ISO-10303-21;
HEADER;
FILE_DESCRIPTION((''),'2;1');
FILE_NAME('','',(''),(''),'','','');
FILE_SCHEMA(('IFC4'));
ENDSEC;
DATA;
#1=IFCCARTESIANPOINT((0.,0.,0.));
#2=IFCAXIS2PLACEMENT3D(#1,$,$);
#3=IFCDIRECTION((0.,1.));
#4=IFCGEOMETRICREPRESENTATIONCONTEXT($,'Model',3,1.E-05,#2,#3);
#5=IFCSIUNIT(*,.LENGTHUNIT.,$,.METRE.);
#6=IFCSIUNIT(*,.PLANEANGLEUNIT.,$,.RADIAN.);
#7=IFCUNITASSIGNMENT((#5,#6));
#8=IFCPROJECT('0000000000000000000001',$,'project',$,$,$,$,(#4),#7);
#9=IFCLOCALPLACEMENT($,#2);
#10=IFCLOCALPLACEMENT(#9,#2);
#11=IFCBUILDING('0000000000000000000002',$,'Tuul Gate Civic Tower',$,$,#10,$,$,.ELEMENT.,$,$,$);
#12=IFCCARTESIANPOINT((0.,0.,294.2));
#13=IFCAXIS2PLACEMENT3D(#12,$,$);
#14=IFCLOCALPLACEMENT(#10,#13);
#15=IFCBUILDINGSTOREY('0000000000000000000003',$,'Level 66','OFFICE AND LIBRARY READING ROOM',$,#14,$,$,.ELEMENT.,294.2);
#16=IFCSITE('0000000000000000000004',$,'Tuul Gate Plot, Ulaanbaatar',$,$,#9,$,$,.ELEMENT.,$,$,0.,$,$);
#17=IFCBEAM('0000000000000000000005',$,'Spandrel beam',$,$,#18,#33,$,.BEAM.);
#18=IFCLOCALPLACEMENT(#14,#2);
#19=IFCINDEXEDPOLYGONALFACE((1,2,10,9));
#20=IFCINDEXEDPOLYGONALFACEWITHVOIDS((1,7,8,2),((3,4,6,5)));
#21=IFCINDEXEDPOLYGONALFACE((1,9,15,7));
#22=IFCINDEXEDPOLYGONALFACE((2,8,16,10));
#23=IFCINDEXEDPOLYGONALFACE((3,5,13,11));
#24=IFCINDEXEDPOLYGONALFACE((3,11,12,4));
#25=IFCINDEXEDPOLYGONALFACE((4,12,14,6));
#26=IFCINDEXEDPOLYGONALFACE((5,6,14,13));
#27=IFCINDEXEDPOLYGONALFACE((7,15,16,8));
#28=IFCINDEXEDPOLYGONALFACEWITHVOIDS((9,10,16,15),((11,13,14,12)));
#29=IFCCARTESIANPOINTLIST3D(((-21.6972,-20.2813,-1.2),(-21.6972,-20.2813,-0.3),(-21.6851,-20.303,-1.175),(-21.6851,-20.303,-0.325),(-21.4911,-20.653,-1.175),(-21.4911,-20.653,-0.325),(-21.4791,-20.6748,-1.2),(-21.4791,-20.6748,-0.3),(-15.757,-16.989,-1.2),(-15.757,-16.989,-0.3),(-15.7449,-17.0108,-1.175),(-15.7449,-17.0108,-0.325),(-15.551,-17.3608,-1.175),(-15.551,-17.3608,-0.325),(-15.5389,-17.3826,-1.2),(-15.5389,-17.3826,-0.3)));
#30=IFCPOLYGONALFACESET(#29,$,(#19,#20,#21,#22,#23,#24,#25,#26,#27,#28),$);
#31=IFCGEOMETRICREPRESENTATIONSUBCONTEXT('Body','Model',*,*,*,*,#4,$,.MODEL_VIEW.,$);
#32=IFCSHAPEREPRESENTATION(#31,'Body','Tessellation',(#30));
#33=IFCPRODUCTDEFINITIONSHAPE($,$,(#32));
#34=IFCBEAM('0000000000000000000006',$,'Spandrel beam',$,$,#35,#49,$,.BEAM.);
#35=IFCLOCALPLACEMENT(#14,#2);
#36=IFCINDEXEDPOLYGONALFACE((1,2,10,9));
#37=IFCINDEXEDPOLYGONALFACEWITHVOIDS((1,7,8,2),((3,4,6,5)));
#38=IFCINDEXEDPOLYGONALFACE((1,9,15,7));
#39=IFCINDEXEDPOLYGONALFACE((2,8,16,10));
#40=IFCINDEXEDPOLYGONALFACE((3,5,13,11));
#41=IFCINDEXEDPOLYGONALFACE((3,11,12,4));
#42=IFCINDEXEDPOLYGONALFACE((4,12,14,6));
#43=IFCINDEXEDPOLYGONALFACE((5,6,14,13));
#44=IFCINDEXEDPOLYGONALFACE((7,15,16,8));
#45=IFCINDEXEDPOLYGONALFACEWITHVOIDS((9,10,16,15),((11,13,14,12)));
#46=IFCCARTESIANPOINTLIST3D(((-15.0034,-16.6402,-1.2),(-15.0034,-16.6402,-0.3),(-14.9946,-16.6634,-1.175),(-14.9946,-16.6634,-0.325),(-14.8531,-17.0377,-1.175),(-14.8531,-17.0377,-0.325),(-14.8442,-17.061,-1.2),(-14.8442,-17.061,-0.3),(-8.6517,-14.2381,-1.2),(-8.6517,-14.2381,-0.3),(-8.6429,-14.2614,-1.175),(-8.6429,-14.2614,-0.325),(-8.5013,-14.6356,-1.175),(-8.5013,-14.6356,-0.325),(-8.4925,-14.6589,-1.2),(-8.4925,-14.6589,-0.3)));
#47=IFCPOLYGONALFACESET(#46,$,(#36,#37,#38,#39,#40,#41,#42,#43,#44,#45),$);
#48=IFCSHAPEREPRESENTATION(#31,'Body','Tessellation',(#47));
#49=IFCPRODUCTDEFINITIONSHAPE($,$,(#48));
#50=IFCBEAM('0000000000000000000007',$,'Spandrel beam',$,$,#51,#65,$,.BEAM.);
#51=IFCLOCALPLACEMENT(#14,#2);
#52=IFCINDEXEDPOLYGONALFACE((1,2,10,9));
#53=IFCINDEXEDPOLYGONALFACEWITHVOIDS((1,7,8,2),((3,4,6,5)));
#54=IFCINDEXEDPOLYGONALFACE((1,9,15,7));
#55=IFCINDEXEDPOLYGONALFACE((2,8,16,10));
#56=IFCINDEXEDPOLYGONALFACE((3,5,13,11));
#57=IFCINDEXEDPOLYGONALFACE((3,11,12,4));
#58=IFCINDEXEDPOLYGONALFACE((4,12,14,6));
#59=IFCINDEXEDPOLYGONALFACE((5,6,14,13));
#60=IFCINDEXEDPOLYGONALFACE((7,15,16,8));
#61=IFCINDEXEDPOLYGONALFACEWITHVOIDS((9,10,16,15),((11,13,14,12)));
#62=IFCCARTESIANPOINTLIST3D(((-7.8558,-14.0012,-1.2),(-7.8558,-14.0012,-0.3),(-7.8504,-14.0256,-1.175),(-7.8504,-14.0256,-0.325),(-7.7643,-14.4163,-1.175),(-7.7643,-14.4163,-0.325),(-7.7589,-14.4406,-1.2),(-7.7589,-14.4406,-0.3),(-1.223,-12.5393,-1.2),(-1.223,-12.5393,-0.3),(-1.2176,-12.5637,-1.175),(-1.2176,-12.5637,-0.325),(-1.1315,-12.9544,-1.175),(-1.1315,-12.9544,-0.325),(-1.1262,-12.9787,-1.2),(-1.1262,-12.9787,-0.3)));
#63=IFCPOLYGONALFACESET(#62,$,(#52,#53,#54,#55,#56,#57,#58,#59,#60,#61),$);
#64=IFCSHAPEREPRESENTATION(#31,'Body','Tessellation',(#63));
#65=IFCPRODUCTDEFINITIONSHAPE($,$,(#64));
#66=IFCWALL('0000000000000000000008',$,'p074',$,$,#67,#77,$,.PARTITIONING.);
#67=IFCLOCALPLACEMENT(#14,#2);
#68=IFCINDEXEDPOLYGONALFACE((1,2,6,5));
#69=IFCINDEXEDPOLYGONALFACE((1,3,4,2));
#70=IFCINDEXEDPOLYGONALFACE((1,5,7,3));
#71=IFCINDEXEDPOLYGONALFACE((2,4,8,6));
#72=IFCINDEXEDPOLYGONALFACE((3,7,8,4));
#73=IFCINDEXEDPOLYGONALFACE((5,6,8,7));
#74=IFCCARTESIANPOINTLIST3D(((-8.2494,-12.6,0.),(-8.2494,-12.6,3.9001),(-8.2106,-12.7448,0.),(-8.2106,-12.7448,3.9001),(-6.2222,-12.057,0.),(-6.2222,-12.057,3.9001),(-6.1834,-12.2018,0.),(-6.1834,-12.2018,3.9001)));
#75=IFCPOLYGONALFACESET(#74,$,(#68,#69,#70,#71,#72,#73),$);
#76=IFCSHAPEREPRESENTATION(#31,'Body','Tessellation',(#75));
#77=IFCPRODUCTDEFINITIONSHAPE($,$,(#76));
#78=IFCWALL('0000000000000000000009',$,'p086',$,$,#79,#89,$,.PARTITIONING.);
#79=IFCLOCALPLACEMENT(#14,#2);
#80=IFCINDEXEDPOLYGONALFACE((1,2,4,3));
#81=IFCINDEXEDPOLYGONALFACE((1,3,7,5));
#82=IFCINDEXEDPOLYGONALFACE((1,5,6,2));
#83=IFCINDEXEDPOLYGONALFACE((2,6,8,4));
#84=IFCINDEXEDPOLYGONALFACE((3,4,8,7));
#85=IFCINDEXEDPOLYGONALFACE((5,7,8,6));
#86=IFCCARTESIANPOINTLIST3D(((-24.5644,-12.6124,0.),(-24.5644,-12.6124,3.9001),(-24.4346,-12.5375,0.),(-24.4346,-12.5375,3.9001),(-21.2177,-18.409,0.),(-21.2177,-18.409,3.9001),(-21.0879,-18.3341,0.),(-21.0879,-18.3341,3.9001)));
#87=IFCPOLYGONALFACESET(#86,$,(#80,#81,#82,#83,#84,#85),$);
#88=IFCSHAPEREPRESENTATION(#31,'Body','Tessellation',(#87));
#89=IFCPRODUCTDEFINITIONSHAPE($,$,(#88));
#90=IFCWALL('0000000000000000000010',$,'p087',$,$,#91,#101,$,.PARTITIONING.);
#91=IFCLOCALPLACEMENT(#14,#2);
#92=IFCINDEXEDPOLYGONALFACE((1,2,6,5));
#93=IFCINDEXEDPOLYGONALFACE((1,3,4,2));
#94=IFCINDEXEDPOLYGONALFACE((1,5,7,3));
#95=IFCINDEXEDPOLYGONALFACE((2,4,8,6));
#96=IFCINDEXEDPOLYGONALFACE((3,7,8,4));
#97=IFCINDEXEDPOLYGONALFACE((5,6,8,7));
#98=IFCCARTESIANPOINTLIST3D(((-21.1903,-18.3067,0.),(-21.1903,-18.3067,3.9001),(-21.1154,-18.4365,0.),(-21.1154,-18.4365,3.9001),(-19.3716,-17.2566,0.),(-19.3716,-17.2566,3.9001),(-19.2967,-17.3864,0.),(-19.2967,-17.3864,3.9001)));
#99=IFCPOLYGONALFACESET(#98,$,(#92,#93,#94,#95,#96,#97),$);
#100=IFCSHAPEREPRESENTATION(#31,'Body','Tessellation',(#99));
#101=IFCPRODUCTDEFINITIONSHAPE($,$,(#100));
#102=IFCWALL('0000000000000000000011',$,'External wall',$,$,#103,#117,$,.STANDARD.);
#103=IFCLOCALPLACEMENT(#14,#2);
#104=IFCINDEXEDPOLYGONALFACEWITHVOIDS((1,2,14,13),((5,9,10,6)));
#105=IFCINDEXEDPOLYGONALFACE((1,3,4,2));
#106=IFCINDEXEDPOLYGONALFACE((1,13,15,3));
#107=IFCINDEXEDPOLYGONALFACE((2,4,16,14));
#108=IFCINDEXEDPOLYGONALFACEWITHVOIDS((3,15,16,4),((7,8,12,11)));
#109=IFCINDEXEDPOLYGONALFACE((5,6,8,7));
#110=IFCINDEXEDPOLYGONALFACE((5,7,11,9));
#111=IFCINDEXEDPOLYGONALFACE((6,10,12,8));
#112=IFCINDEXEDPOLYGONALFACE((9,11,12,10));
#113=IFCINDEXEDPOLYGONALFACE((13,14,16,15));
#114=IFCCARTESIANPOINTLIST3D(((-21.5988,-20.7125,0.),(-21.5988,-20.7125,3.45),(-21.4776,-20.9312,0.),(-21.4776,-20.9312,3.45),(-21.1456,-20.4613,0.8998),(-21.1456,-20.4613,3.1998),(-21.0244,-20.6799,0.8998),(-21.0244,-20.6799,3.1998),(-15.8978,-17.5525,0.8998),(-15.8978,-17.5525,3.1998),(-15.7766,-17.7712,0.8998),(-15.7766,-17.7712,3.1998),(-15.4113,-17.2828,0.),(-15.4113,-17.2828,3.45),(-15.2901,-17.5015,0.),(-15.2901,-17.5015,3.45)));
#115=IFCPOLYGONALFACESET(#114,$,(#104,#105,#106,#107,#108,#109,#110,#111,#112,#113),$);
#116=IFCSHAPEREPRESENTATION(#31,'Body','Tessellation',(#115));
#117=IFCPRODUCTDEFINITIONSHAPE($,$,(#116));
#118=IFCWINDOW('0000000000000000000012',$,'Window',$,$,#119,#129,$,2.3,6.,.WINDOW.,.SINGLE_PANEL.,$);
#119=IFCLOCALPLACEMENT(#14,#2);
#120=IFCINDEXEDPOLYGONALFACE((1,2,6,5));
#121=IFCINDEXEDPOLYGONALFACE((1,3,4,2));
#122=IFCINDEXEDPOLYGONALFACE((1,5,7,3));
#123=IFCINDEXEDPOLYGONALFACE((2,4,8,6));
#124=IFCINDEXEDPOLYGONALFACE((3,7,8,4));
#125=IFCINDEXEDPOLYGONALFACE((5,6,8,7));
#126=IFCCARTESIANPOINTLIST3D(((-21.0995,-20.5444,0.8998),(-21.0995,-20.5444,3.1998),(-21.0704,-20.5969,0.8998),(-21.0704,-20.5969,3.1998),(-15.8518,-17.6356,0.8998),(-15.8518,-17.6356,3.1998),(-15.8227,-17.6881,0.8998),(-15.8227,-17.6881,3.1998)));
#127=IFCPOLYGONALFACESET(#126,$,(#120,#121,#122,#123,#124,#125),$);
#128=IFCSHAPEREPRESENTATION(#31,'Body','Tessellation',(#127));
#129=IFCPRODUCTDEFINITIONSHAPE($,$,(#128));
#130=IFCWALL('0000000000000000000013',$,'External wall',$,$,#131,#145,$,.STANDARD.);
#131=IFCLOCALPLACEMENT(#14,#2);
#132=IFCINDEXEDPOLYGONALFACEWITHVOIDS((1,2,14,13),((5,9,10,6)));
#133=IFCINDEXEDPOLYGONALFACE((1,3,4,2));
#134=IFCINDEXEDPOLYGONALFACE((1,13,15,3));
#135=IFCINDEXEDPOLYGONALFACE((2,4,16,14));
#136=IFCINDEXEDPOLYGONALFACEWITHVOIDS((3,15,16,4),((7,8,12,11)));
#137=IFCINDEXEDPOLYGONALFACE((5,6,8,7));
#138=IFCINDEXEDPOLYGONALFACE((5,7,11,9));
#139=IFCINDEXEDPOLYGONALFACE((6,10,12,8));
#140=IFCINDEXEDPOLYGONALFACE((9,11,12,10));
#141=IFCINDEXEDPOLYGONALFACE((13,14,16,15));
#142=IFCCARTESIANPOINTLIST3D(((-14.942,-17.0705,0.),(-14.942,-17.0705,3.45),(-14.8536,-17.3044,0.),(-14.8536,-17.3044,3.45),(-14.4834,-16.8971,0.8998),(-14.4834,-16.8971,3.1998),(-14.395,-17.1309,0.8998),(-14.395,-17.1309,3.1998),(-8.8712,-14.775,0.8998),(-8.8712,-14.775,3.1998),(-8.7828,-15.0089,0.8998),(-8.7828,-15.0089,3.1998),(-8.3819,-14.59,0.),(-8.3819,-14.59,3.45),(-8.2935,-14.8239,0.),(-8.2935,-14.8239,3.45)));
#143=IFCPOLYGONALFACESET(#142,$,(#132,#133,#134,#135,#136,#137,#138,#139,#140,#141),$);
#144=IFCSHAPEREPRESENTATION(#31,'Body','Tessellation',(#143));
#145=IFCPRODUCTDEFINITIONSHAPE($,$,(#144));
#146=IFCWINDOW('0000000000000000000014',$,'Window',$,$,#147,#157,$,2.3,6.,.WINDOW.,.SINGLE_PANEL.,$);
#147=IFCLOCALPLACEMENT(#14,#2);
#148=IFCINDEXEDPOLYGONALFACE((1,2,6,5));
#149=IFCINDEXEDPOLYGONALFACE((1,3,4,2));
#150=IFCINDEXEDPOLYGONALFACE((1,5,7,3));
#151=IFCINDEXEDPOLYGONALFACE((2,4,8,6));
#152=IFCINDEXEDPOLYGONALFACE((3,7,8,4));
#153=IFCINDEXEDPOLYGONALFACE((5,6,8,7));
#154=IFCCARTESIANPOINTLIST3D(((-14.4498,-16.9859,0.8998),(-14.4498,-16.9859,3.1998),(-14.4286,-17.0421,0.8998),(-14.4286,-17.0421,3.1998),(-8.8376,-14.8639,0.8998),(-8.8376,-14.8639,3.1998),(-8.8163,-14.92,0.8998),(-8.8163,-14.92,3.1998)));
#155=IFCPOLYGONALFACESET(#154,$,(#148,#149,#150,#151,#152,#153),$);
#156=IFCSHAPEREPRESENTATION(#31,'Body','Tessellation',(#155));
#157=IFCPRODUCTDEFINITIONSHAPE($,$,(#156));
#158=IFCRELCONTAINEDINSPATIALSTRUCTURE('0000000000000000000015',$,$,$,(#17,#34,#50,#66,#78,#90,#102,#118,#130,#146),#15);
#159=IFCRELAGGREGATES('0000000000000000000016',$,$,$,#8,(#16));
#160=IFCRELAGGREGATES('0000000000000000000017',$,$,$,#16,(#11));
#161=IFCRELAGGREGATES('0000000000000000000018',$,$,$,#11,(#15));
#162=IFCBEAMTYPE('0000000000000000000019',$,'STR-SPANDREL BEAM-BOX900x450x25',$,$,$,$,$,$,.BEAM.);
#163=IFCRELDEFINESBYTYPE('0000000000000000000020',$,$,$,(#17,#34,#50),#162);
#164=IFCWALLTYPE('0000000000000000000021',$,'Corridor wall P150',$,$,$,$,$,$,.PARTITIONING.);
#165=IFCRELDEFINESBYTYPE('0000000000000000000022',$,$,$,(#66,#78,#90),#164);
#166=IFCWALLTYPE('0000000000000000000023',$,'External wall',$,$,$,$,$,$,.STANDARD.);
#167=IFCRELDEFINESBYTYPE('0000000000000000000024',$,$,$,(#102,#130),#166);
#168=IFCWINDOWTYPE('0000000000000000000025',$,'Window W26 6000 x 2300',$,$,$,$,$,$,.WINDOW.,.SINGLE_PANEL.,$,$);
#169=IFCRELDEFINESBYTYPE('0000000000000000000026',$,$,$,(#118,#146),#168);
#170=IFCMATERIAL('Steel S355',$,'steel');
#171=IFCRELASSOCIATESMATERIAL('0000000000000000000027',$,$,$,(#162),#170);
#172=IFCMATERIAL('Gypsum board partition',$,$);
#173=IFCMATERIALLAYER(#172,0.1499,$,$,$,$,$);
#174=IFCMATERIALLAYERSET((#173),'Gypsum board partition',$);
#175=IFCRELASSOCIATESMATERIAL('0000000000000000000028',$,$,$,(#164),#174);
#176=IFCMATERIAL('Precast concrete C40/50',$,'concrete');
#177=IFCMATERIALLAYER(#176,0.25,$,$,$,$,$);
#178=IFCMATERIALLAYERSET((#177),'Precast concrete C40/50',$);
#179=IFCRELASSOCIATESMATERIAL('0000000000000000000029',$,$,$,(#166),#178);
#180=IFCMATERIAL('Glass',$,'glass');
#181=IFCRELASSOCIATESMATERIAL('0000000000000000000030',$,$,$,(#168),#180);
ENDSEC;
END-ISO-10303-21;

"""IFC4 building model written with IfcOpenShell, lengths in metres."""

from ifc_helpers import new_model, si_unit, direction, frame, frame_2d, origin, origin_2d, place, context, subcontext, project, spatial, rectangle, hollow_rectangle, extrude, material, layer, layer_set, material_profile, profile_set, type_object, element, fill, save


model = new_model("IFC4")

# Units and contexts
model_context = context("Model", 3, precision=1e-05, world=origin(), true_north=direction((0.0, 1.0)))
body_context = subcontext(model_context, "Body", "Model", "MODEL_VIEW")
ifc_project = project(units=[si_unit("LENGTHUNIT", "METRE"), si_unit("PLANEANGLEUNIT", "RADIAN")], contexts=[model_context])

# Site, building, storey
site_placement = place(None, origin())
site = spatial("IfcSite", under=ifc_project, at=site_placement, Name="Tuul Gate Plot, Ulaanbaatar", CompositionType="ELEMENT", RefElevation=0.0)
building_placement = place(site_placement, origin())
building = spatial("IfcBuilding", under=site, at=building_placement, Name="Tuul Gate Civic Tower", CompositionType="ELEMENT")
storey_placement = place(building_placement, frame((0.0, 0.0, 294.2)))
storey = spatial("IfcBuildingStorey", under=building, at=storey_placement, Name="Level 66", Description="OFFICE AND LIBRARY READING ROOM", CompositionType="ELEMENT", Elevation=294.2)

# Beams
ifc_material_1 = material(Name="Steel S355", Category="steel")
ifc_material_profile_1 = material_profile(ifc_material_1, hollow_rectangle(XDim=0.45, YDim=0.8999, WallThickness=0.0249, at=origin_2d()), Name="BOX900x450x25")
ifc_profile_set_1 = profile_set([ifc_material_profile_1], Name="Steel S355")
beam_type_1 = type_object("IfcBeamType", Name="STR-SPANDREL BEAM-BOX900x450x25", PredefinedType="BEAM", material=ifc_profile_set_1)
beam_1_placement = place(storey_placement, frame((-21.5881, -20.478, -0.75), z_axis=(0.874649, 0.484758, 0.0), x_axis=(-0.484758, 0.874649, 0.0)))
element("IfcBeam", 1, at=beam_1_placement, inside=storey, type_object=beam_type_1, Name="Spandrel beam", PredefinedType="BEAM", context=body_context, shape_type="SweptSolid", body=[
    extrude(hollow_rectangle(XDim=0.45, YDim=0.8999, WallThickness=0.0249, at=origin_2d()), origin(), (0.0, 0.0, 1.0), 6.7915),
])
beam_2_placement = place(storey_placement, frame((-14.9238, -16.8506, -0.75), z_axis=(0.935349, 0.353726, 0.0), x_axis=(-0.353726, 0.935349, 0.0)))
element("IfcBeam", 2, at=beam_2_placement, inside=storey, type_object=beam_type_1, Name="Spandrel beam", PredefinedType="BEAM", context=body_context, shape_type="SweptSolid", body=[
    extrude(hollow_rectangle(XDim=0.45, YDim=0.8999, WallThickness=0.0249, at=origin_2d()), origin(), (0.0, 0.0, 1.0), 6.7908),
])
beam_3_placement = place(storey_placement, frame((-7.8074, -14.2209, -0.75), z_axis=(0.976561, 0.21524, 0.0), x_axis=(-0.21524, 0.976561, 0.0)))
element("IfcBeam", 3, at=beam_3_placement, inside=storey, type_object=beam_type_1, Name="Spandrel beam", PredefinedType="BEAM", context=body_context, shape_type="SweptSolid", body=[
    extrude(hollow_rectangle(XDim=0.45, YDim=0.8999, WallThickness=0.0249, at=origin_2d()), origin(), (0.0, 0.0, 1.0), 6.792),
])

# Walls
ifc_material_2 = material(Name="Gypsum board partition")
ifc_layer_1 = layer(ifc_material_2, 0.1499)
ifc_layer_set_1 = layer_set([ifc_layer_1], Name="Gypsum board partition")
wall_type_1 = type_object("IfcWallType", Name="Corridor wall P150", PredefinedType="PARTITIONING", material=ifc_layer_set_1)
wall_1_placement = place(storey_placement, frame((-8.23, -12.6724, 0.0), z_axis=(0.0, 0.0, 1.0), x_axis=(0.965949, 0.258734, 0.0)))
element("IfcWall", 4, at=wall_1_placement, inside=storey, type_object=wall_type_1, Name="p074", PredefinedType="PARTITIONING", context=body_context, shape_type="SweptSolid", body=[
    extrude(rectangle(XDim=2.0986, YDim=0.1499, at=frame_2d((1.0493, 0.0))), origin(), (0.0, 0.0, 1.0), 3.9001),
])
wall_2_placement = place(storey_placement, frame((-24.4995, -12.575, 0.0), z_axis=(0.0, 0.0, 1.0), x_axis=(0.499999, -0.866026, 0.0)))
element("IfcWall", 5, at=wall_2_placement, inside=storey, type_object=wall_type_1, Name="p086", PredefinedType="PARTITIONING", context=body_context, shape_type="SweptSolid", body=[
    extrude(rectangle(XDim=6.6934, YDim=0.1499, at=frame_2d((3.3467, 0.0))), origin(), (0.0, 0.0, 1.0), 3.9001),
])
wall_3_placement = place(storey_placement, frame((-21.1528, -18.3716, 0.0), z_axis=(0.0, 0.0, 1.0), x_axis=(0.866009, 0.500028, 0.0)))
element("IfcWall", 6, at=wall_3_placement, inside=storey, type_object=wall_type_1, Name="p087", PredefinedType="PARTITIONING", context=body_context, shape_type="SweptSolid", body=[
    extrude(rectangle(XDim=2.1001, YDim=0.1499, at=frame_2d((1.05, 0.0))), origin(), (0.0, 0.0, 1.0), 3.9001),
])

# Walls, openings, windows
ifc_material_3 = material(Name="Precast concrete C40/50", Category="concrete")
ifc_layer_2 = layer(ifc_material_3, 0.25)
ifc_layer_set_2 = layer_set([ifc_layer_2], Name="Precast concrete C40/50")
wall_type_2 = type_object("IfcWallType", Name="External wall", PredefinedType="STANDARD", material=ifc_layer_set_2)
wall_4_placement = place(storey_placement, frame((-21.5381, -20.8218, 0.0), z_axis=(0.0, 0.0, 1.0), x_axis=(0.874626, 0.484799, 0.0)))
wall_4 = element("IfcWall", 7, at=wall_4_placement, inside=storey, type_object=wall_type_2, Name="External wall", PredefinedType="STANDARD", context=body_context, shape_type="SweptSolid", body=[
    extrude(rectangle(XDim=7.0745, YDim=0.25, at=frame_2d((3.5371, 0.0))), origin(), (0.0, 0.0, 1.0), 3.45),
])
opening_1_placement = place(wall_4_placement, frame((0.5181, 0.0, 0.8999)))
opening_1 = element("IfcOpeningElement", 8, at=opening_1_placement, cuts=wall_4, PredefinedType="OPENING", context=body_context, shape_type="SweptSolid", body=[
    extrude(rectangle(XDim=6.0, YDim=2.3, at=frame_2d((3.0, 1.1499))), frame((0.0, 0.135, 0.0), z_axis=(0.0, -1.0, 0.0), x_axis=(1.0, 0.0, 0.0)), (0.0, 0.0, 1.0), 0.27),
])
ifc_material_4 = material(Name="Glass", Category="glass")
window_type = type_object("IfcWindowType", Name="Window W26 6000 x 2300", PartitioningType="SINGLE_PANEL", PredefinedType="WINDOW", material=ifc_material_4)
window_1_placement = place(opening_1_placement, origin())
window_1 = element("IfcWindow", 9, at=window_1_placement, inside=storey, type_object=window_type, Name="Window", OverallHeight=2.3, OverallWidth=6.0, PartitioningType="SINGLE_PANEL", PredefinedType="WINDOW", context=body_context, shape_type="SweptSolid", body=[
    extrude(rectangle(XDim=6.0, YDim=2.3, at=frame_2d((3.0, 1.1499))), frame((0.0, 0.03, 0.0), z_axis=(0.0, -1.0, 0.0), x_axis=(1.0, 0.0, 0.0)), (0.0, 0.0, 1.0), 0.0601),
])
fill(opening_1, window_1)
wall_5_placement = place(storey_placement, frame((-14.8979, -17.1875, 0.0), z_axis=(0.0, 0.0, 1.0), x_axis=(0.935367, 0.353678, 0.0)))
wall_5 = element("IfcWall", 10, at=wall_5_placement, inside=storey, type_object=wall_type_2, Name="External wall", PredefinedType="STANDARD", context=body_context, shape_type="SweptSolid", body=[
    extrude(rectangle(XDim=7.0134, YDim=0.25, at=frame_2d((3.5068, 0.0))), origin(), (0.0, 0.0, 1.0), 3.45),
])
opening_2_placement = place(wall_5_placement, frame((0.4905, 0.0, 0.8999)))
opening_2 = element("IfcOpeningElement", 11, at=opening_2_placement, cuts=wall_5, PredefinedType="OPENING", context=body_context, shape_type="SweptSolid", body=[
    extrude(rectangle(XDim=6.0, YDim=2.3, at=frame_2d((3.0, 1.1499))), frame((0.0, 0.135, 0.0), z_axis=(0.0, -1.0, 0.0), x_axis=(1.0, 0.0, 0.0)), (0.0, 0.0, 1.0), 0.27),
])
window_2_placement = place(opening_2_placement, origin())
window_2 = element("IfcWindow", 12, at=window_2_placement, inside=storey, type_object=window_type, Name="Window", OverallHeight=2.3, OverallWidth=6.0, PartitioningType="SINGLE_PANEL", PredefinedType="WINDOW", context=body_context, shape_type="SweptSolid", body=[
    extrude(rectangle(XDim=6.0, YDim=2.3, at=frame_2d((3.0, 1.1499))), frame((0.0, 0.03, 0.0), z_axis=(0.0, -1.0, 0.0), x_axis=(1.0, 0.0, 0.0)), (0.0, 0.0, 1.0), 0.0601),
])
fill(opening_2, window_2)

save(model, "model.ifc")
